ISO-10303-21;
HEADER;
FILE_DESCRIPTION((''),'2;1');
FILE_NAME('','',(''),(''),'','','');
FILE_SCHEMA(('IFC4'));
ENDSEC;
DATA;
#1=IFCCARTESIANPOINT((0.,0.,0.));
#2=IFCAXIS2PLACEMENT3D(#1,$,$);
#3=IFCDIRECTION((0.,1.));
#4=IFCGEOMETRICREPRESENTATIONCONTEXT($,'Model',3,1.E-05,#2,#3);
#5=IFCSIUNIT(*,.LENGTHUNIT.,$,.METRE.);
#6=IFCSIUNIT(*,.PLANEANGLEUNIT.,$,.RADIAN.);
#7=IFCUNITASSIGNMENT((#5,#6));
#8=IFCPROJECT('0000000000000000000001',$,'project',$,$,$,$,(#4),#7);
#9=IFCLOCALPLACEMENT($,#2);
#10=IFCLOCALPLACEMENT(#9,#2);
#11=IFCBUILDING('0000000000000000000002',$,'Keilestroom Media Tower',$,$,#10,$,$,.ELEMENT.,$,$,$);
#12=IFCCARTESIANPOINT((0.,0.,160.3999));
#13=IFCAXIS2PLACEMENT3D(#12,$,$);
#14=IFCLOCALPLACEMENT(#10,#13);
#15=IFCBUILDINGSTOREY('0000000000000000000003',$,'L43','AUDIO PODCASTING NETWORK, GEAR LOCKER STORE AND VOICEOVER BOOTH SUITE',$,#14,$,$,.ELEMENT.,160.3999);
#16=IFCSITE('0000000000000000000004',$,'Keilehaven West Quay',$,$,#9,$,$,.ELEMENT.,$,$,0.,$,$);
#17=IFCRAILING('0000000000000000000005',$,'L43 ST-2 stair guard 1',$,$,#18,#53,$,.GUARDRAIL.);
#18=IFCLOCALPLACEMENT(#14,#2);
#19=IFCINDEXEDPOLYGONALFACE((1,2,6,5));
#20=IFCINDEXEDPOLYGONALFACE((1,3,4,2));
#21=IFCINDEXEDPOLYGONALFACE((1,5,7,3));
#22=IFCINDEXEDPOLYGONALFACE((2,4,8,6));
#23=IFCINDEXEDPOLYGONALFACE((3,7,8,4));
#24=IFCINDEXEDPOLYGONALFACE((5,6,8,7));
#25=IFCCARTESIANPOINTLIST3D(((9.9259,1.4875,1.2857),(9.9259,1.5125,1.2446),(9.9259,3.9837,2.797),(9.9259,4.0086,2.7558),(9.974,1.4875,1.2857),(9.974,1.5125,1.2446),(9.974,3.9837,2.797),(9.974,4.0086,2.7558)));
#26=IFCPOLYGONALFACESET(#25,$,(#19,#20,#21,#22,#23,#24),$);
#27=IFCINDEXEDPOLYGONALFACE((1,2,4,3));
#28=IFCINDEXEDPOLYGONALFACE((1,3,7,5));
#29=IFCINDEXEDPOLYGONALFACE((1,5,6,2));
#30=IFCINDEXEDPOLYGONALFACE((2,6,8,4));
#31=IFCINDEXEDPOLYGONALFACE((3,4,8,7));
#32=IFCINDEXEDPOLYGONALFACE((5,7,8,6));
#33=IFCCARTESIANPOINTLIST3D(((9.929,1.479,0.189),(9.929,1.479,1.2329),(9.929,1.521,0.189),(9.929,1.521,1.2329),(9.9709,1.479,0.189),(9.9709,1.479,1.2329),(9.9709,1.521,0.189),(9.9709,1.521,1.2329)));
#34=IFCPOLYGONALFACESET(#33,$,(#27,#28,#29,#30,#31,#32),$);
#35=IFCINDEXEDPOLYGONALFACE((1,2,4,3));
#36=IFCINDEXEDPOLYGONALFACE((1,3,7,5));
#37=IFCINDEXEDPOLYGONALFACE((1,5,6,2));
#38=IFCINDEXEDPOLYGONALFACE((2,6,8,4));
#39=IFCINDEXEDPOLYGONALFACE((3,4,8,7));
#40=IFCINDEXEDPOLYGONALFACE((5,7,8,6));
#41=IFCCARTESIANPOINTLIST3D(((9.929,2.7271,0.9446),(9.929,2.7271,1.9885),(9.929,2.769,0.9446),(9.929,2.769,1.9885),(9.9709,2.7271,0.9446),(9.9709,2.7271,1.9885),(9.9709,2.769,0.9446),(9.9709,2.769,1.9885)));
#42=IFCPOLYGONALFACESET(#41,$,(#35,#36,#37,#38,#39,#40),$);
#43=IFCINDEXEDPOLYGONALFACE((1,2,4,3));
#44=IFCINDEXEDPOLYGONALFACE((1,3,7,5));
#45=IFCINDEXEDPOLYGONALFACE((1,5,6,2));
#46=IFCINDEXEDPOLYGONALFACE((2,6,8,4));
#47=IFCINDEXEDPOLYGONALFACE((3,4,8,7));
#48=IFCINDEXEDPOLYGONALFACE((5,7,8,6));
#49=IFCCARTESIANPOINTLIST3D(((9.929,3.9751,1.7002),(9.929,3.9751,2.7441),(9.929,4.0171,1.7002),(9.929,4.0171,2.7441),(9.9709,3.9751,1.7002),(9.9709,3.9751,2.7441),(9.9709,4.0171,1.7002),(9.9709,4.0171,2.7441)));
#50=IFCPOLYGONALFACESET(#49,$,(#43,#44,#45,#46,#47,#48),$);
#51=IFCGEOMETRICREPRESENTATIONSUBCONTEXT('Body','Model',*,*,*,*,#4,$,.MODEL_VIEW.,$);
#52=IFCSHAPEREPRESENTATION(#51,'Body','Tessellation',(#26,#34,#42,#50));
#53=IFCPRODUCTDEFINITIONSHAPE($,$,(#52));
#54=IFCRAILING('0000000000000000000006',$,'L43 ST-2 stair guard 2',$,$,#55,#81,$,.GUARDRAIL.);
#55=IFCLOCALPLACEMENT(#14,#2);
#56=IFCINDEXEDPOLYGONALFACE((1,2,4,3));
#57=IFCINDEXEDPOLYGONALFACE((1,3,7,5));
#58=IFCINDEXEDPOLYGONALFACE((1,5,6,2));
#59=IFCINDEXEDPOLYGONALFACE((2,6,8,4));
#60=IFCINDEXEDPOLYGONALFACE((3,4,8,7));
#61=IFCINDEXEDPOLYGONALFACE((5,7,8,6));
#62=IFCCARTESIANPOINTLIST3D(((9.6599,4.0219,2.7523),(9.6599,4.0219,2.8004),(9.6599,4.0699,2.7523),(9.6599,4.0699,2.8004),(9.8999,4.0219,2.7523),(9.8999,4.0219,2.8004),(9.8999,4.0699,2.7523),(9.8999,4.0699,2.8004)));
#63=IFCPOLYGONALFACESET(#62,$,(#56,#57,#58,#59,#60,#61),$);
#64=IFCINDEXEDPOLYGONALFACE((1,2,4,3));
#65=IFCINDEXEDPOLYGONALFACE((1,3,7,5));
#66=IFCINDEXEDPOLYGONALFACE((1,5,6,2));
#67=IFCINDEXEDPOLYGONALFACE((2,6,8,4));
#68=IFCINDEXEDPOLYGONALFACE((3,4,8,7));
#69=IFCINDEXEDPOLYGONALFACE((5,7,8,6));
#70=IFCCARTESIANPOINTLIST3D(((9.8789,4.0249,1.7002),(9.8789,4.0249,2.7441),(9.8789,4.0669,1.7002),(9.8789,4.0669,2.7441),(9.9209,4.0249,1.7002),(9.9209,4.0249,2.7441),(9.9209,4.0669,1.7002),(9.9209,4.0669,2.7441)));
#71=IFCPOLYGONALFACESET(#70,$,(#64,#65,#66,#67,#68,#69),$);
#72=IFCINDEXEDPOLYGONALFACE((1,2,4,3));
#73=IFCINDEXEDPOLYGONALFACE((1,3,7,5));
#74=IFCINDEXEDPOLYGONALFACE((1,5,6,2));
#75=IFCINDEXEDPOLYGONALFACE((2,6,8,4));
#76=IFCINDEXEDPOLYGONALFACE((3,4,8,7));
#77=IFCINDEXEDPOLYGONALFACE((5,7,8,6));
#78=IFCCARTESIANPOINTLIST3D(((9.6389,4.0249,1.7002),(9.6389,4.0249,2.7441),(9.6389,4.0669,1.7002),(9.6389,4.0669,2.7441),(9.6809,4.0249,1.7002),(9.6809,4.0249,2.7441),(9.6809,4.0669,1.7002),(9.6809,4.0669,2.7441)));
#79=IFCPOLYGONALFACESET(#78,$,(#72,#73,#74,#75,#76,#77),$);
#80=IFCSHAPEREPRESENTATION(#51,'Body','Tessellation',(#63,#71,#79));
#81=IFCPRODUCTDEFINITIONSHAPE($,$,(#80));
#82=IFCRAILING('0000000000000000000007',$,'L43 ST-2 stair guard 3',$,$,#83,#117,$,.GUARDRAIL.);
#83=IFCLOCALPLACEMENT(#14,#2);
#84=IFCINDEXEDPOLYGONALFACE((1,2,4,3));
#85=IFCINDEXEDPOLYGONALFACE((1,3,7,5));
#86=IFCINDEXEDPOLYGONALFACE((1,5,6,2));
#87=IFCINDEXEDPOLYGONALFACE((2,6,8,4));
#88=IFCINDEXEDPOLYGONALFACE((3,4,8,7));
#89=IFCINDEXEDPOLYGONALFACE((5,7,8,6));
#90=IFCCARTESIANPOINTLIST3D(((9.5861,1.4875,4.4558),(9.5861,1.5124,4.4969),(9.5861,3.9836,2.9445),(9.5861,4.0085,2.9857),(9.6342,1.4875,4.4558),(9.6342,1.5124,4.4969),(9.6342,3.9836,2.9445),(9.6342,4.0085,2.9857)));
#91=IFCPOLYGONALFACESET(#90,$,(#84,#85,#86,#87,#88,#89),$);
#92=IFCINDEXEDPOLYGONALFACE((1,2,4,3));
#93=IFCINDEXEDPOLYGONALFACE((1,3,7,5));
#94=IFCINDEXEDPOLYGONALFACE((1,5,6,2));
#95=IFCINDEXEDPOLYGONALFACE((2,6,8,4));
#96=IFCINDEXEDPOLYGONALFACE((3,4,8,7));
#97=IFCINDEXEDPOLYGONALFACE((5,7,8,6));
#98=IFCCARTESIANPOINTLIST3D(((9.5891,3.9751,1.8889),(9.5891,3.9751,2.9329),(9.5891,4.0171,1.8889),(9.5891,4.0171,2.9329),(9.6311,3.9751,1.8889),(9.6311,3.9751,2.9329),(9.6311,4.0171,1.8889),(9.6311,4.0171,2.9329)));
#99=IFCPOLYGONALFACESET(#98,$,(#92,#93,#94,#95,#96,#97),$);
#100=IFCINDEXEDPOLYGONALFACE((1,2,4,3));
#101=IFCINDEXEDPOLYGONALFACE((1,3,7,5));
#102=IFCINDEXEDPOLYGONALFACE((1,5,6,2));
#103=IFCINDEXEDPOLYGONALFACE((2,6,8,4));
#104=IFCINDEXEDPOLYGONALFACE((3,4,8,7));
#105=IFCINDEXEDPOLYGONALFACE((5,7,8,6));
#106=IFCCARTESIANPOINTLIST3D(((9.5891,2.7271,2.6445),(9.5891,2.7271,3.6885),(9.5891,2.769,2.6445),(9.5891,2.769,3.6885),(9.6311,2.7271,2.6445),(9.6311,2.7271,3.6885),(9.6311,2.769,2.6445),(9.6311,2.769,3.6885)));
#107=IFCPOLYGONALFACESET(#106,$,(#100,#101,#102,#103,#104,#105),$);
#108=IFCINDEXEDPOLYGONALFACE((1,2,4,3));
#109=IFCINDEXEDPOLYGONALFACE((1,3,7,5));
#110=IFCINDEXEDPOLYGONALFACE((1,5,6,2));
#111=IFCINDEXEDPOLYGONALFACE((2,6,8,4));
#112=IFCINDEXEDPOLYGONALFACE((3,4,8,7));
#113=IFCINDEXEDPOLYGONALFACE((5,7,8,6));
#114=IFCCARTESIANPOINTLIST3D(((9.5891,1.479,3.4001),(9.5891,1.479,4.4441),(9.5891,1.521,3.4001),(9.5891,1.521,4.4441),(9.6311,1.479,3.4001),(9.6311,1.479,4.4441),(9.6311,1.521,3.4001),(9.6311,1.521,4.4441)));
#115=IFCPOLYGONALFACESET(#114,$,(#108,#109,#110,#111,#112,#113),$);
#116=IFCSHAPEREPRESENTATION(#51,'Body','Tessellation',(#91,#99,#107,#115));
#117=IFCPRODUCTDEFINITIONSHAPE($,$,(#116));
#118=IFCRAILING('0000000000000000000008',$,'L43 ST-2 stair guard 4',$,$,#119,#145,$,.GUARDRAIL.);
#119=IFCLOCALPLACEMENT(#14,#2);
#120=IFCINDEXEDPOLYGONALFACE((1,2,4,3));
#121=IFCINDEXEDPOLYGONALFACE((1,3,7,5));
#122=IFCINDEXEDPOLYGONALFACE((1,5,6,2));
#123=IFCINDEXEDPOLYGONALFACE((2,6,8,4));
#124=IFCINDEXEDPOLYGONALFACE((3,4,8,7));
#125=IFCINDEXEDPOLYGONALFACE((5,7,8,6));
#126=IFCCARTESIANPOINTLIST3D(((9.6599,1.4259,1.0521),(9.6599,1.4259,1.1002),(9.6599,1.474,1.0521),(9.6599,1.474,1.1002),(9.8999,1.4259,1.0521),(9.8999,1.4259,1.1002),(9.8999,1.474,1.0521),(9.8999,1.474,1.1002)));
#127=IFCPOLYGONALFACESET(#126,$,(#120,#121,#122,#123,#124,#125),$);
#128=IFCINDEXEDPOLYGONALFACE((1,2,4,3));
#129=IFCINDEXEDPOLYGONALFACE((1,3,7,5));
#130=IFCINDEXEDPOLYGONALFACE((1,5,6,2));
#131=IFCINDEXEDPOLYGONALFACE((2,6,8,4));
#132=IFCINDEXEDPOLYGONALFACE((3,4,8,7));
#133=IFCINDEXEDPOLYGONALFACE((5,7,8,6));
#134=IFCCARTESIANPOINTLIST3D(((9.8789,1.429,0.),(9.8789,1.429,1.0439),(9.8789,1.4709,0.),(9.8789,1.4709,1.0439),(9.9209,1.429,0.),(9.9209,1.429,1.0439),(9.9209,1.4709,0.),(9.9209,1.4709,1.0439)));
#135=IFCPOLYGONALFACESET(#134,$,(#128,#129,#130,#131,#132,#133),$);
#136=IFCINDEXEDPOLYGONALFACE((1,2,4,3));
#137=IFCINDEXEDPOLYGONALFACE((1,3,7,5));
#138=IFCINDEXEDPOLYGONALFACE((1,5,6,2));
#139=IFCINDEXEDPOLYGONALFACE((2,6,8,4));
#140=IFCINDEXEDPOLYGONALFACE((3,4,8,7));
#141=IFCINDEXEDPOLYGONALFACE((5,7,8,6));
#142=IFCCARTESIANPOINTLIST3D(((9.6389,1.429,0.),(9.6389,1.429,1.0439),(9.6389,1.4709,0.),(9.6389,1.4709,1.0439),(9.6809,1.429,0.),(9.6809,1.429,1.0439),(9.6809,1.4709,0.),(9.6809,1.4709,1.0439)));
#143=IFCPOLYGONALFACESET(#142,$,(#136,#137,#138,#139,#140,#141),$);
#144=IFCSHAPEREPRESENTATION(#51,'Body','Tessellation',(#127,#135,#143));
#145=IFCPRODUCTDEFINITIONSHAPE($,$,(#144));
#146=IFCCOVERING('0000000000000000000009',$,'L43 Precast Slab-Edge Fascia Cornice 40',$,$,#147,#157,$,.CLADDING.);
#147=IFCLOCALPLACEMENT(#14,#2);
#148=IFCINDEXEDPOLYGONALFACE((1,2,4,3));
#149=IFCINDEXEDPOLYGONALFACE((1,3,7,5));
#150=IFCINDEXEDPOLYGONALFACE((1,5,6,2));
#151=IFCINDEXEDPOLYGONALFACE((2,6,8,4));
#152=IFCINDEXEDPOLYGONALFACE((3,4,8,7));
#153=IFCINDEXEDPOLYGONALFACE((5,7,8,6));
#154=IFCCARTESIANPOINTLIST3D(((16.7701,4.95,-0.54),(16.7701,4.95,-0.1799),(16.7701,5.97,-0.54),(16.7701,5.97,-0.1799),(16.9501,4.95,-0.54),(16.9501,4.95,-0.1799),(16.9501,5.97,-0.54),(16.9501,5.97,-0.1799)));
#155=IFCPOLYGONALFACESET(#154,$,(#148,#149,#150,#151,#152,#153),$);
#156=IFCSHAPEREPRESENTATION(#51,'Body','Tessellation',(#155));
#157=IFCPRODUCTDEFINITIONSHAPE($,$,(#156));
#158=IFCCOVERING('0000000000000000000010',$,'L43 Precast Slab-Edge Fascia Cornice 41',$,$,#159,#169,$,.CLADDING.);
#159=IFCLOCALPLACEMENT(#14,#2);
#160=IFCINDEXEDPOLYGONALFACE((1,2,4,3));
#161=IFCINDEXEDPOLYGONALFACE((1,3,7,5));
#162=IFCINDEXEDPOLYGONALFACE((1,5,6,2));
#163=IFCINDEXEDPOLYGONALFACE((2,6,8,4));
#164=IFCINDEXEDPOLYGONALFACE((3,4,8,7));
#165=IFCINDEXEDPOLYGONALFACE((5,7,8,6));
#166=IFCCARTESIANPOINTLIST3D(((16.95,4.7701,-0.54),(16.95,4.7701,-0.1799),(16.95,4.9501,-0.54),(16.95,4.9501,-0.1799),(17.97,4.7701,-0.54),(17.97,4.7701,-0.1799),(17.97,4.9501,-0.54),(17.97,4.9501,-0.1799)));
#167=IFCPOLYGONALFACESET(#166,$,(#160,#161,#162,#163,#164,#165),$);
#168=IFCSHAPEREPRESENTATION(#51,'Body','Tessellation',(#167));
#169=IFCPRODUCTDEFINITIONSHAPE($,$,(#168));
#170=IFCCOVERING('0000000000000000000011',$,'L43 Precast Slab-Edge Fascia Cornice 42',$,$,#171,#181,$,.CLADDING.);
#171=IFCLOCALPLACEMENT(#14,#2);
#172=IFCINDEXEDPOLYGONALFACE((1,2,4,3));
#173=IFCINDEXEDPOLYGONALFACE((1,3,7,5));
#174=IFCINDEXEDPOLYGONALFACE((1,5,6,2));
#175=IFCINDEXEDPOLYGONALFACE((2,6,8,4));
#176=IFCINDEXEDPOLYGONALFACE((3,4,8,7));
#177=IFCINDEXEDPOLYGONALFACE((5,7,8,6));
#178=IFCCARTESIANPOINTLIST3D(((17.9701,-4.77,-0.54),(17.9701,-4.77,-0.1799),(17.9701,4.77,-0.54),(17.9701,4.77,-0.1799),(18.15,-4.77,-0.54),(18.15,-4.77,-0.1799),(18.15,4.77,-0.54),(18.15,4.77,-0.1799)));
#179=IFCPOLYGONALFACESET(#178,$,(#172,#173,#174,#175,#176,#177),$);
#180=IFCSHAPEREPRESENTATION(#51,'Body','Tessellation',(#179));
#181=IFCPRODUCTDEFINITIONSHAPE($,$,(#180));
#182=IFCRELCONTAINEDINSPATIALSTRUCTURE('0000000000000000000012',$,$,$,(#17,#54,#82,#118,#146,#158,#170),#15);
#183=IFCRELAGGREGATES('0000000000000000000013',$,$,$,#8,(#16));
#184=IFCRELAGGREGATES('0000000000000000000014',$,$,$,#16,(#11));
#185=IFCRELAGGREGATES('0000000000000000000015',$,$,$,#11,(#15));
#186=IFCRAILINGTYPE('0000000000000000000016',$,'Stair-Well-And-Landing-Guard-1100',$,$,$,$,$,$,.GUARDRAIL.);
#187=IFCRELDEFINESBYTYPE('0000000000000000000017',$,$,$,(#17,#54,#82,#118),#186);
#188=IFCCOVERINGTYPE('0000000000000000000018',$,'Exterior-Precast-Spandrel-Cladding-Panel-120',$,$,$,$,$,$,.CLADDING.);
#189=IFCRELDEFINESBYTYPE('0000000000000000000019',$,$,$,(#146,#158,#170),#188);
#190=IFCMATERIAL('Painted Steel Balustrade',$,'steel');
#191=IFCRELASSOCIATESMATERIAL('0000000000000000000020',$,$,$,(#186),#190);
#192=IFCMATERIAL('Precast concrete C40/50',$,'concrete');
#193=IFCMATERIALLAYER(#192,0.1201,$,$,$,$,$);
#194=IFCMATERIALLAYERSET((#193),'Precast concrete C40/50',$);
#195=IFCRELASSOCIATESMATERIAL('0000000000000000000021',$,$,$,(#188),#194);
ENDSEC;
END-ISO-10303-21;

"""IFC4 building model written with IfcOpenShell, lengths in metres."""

from ifc_helpers import new_model, si_unit, direction, frame, origin, origin_2d, place, context, subcontext, project, spatial, rectangle, extrude, source, transform, mapped, material, layer, layer_set, type_object, element, save


model = new_model("IFC4")

# Units and contexts
model_context = context("Model", 3, precision=1e-05, world=origin(), true_north=direction((0.0, 1.0)))
body_context = subcontext(model_context, "Body", "Model", "MODEL_VIEW")
ifc_project = project(units=[si_unit("LENGTHUNIT", "METRE"), si_unit("PLANEANGLEUNIT", "RADIAN")], contexts=[model_context])

# Site, building, storey
site_placement = place(None, origin())
site = spatial("IfcSite", under=ifc_project, at=site_placement, Name="Keilehaven West Quay", CompositionType="ELEMENT", RefElevation=0.0)
building_placement = place(site_placement, origin())
building = spatial("IfcBuilding", under=site, at=building_placement, Name="Keilestroom Media Tower", CompositionType="ELEMENT")
storey_placement = place(building_placement, frame((0.0, 0.0, 160.3999)))
storey = spatial("IfcBuildingStorey", under=building, at=storey_placement, Name="L43", Description="AUDIO PODCASTING NETWORK, GEAR LOCKER STORE AND VOICEOVER BOOTH SUITE", CompositionType="ELEMENT", Elevation=160.3999)

# Shared definitions
ifc_material_1 = material(Name="Precast concrete C40/50", Category="concrete")

# Railings
ifc_material_2 = material(Name="Painted Steel Balustrade", Category="steel")
railing_type_1 = type_object("IfcRailingType", Name="Stair-Well-And-Landing-Guard-1100", PredefinedType="GUARDRAIL", material=ifc_material_2)
railing_1_placement = place(storey_placement, frame((9.95, 1.5, 0.189)))
element("IfcRailing", 1, at=railing_1_placement, inside=storey, type_object=railing_type_1, Name="L43 ST-2 stair guard 1", PredefinedType="GUARDRAIL", context=body_context, shape_type="SweptSolid", body=[
    extrude(rectangle(XDim=0.0481, YDim=0.0481, at=origin_2d()), frame((0.0, 0.0, 1.0762), z_axis=(0.0, 0.855434, 0.517912), x_axis=(-1.0, 0.0, 0.0)), (0.0, 0.0, 1.0), 2.918),
    extrude(rectangle(XDim=0.042, YDim=0.042, at=origin_2d()), origin(), (0.0, 0.0, 1.0), 1.0439),
    extrude(rectangle(XDim=0.042, YDim=0.042, at=origin_2d()), frame((0.0, 1.248, 0.7556)), (0.0, 0.0, 1.0), 1.0439),
    extrude(rectangle(XDim=0.042, YDim=0.042, at=origin_2d()), frame((0.0, 2.4961, 1.5112)), (0.0, 0.0, 1.0), 1.0439),
])
railing_2_placement = place(storey_placement, frame((9.8999, 4.0459, 1.7002)))
element("IfcRailing", 2, at=railing_2_placement, inside=storey, type_object=railing_type_1, Name="L43 ST-2 stair guard 2", PredefinedType="GUARDRAIL", context=body_context, shape_type="SweptSolid", body=[
    extrude(rectangle(XDim=0.0481, YDim=0.0481, at=origin_2d()), frame((0.0, 0.0, 1.0762), z_axis=(-1.0, 0.0, 0.0), x_axis=(0.0, -1.0, 0.0)), (0.0, 0.0, 1.0), 0.24),
    extrude(rectangle(XDim=0.042, YDim=0.042, at=origin_2d()), origin(), (0.0, 0.0, 1.0), 1.0439),
    extrude(rectangle(XDim=0.042, YDim=0.042, at=origin_2d()), frame((-0.24, 0.0, 0.0)), (0.0, 0.0, 1.0), 1.0439),
])
railing_3_placement = place(storey_placement, frame((9.6101, 3.9961, 1.8889)))
element("IfcRailing", 3, at=railing_3_placement, inside=storey, type_object=railing_type_1, Name="L43 ST-2 stair guard 3", PredefinedType="GUARDRAIL", context=body_context, shape_type="SweptSolid", body=[
    extrude(rectangle(XDim=0.0481, YDim=0.0481, at=origin_2d()), frame((0.0, 0.0, 1.0762), z_axis=(0.0, -0.855434, 0.517912), x_axis=(1.0, 0.0, 0.0)), (0.0, 0.0, 1.0), 2.918),
    extrude(rectangle(XDim=0.042, YDim=0.042, at=origin_2d()), origin(), (0.0, 0.0, 1.0), 1.0439),
    extrude(rectangle(XDim=0.042, YDim=0.042, at=origin_2d()), frame((0.0, -1.248, 0.7556)), (0.0, 0.0, 1.0), 1.0439),
    extrude(rectangle(XDim=0.042, YDim=0.042, at=origin_2d()), frame((0.0, -2.4961, 1.5112)), (0.0, 0.0, 1.0), 1.0439),
])
railing_4_placement = place(storey_placement, frame((9.8999, 1.45, 0.0)))
element("IfcRailing", 4, at=railing_4_placement, inside=storey, type_object=railing_type_1, Name="L43 ST-2 stair guard 4", PredefinedType="GUARDRAIL", context=body_context, shape_type="SweptSolid", body=[
    extrude(rectangle(XDim=0.0481, YDim=0.0481, at=origin_2d()), frame((0.0, 0.0, 1.0762), z_axis=(-1.0, 0.0, 0.0), x_axis=(0.0, -1.0, 0.0)), (0.0, 0.0, 1.0), 0.24),
    extrude(rectangle(XDim=0.042, YDim=0.042, at=origin_2d()), origin(), (0.0, 0.0, 1.0), 1.0439),
    extrude(rectangle(XDim=0.042, YDim=0.042, at=origin_2d()), frame((-0.24, 0.0, 0.0)), (0.0, 0.0, 1.0), 1.0439),
])

# Coverings
ifc_layer_1 = layer(ifc_material_1, 0.1201)
ifc_layer_set_1 = layer_set([ifc_layer_1], Name="Precast concrete C40/50")
covering_type = type_object("IfcCoveringType", Name="Exterior-Precast-Spandrel-Cladding-Panel-120", PredefinedType="CLADDING", material=ifc_layer_set_1)
shared_shape_1 = source(origin(), body_context, "Body", "SweptSolid", [
    extrude(rectangle(XDim=1.02, YDim=0.1799, at=origin_2d()), origin(), (0.0, 0.0, 1.0), 0.3601),
])
for number, where, z_axis, x_axis, name in (
    (5, (16.8601, 5.46, -0.54), (0.0, 0.0, 1.0), (0.0, -1.0, 0.0), "L43 Precast Slab-Edge Fascia Cornice 40"),
    (6, (17.46, 4.8601, -0.54), (0.0, 0.0, 1.0), (1.0, 0.0, 0.0), "L43 Precast Slab-Edge Fascia Cornice 41"),
):
    element("IfcCovering", number, at=place(storey_placement, frame(where, z_axis=z_axis, x_axis=x_axis)), inside=storey, type_object=covering_type, Name=name, PredefinedType="CLADDING", context=body_context, shape_type="MappedRepresentation", body=[
        mapped(shared_shape_1, transform((0.0, 0.0, 0.0), x_axis=(1.0, 0.0, 0.0), y_axis=(0.0, 1.0, 0.0), z_axis=(0.0, 0.0, 1.0), scale=1.0)),
    ])
shared_shape_2 = source(origin(), body_context, "Body", "SweptSolid", [
    extrude(rectangle(XDim=9.54, YDim=0.1799, at=origin_2d()), origin(), (0.0, 0.0, 1.0), 0.3601),
])
covering_placement = place(storey_placement, frame((18.0601, 0.0, -0.54), z_axis=(0.0, 0.0, 1.0), x_axis=(0.0, -1.0, 0.0)))
element("IfcCovering", 7, at=covering_placement, inside=storey, type_object=covering_type, Name="L43 Precast Slab-Edge Fascia Cornice 42", PredefinedType="CLADDING", context=body_context, shape_type="MappedRepresentation", body=[
    mapped(shared_shape_2, transform((0.0, 0.0, 0.0), x_axis=(1.0, 0.0, 0.0), y_axis=(0.0, 1.0, 0.0), z_axis=(0.0, 0.0, 1.0), scale=1.0)),
])

save(model, "model.ifc")
